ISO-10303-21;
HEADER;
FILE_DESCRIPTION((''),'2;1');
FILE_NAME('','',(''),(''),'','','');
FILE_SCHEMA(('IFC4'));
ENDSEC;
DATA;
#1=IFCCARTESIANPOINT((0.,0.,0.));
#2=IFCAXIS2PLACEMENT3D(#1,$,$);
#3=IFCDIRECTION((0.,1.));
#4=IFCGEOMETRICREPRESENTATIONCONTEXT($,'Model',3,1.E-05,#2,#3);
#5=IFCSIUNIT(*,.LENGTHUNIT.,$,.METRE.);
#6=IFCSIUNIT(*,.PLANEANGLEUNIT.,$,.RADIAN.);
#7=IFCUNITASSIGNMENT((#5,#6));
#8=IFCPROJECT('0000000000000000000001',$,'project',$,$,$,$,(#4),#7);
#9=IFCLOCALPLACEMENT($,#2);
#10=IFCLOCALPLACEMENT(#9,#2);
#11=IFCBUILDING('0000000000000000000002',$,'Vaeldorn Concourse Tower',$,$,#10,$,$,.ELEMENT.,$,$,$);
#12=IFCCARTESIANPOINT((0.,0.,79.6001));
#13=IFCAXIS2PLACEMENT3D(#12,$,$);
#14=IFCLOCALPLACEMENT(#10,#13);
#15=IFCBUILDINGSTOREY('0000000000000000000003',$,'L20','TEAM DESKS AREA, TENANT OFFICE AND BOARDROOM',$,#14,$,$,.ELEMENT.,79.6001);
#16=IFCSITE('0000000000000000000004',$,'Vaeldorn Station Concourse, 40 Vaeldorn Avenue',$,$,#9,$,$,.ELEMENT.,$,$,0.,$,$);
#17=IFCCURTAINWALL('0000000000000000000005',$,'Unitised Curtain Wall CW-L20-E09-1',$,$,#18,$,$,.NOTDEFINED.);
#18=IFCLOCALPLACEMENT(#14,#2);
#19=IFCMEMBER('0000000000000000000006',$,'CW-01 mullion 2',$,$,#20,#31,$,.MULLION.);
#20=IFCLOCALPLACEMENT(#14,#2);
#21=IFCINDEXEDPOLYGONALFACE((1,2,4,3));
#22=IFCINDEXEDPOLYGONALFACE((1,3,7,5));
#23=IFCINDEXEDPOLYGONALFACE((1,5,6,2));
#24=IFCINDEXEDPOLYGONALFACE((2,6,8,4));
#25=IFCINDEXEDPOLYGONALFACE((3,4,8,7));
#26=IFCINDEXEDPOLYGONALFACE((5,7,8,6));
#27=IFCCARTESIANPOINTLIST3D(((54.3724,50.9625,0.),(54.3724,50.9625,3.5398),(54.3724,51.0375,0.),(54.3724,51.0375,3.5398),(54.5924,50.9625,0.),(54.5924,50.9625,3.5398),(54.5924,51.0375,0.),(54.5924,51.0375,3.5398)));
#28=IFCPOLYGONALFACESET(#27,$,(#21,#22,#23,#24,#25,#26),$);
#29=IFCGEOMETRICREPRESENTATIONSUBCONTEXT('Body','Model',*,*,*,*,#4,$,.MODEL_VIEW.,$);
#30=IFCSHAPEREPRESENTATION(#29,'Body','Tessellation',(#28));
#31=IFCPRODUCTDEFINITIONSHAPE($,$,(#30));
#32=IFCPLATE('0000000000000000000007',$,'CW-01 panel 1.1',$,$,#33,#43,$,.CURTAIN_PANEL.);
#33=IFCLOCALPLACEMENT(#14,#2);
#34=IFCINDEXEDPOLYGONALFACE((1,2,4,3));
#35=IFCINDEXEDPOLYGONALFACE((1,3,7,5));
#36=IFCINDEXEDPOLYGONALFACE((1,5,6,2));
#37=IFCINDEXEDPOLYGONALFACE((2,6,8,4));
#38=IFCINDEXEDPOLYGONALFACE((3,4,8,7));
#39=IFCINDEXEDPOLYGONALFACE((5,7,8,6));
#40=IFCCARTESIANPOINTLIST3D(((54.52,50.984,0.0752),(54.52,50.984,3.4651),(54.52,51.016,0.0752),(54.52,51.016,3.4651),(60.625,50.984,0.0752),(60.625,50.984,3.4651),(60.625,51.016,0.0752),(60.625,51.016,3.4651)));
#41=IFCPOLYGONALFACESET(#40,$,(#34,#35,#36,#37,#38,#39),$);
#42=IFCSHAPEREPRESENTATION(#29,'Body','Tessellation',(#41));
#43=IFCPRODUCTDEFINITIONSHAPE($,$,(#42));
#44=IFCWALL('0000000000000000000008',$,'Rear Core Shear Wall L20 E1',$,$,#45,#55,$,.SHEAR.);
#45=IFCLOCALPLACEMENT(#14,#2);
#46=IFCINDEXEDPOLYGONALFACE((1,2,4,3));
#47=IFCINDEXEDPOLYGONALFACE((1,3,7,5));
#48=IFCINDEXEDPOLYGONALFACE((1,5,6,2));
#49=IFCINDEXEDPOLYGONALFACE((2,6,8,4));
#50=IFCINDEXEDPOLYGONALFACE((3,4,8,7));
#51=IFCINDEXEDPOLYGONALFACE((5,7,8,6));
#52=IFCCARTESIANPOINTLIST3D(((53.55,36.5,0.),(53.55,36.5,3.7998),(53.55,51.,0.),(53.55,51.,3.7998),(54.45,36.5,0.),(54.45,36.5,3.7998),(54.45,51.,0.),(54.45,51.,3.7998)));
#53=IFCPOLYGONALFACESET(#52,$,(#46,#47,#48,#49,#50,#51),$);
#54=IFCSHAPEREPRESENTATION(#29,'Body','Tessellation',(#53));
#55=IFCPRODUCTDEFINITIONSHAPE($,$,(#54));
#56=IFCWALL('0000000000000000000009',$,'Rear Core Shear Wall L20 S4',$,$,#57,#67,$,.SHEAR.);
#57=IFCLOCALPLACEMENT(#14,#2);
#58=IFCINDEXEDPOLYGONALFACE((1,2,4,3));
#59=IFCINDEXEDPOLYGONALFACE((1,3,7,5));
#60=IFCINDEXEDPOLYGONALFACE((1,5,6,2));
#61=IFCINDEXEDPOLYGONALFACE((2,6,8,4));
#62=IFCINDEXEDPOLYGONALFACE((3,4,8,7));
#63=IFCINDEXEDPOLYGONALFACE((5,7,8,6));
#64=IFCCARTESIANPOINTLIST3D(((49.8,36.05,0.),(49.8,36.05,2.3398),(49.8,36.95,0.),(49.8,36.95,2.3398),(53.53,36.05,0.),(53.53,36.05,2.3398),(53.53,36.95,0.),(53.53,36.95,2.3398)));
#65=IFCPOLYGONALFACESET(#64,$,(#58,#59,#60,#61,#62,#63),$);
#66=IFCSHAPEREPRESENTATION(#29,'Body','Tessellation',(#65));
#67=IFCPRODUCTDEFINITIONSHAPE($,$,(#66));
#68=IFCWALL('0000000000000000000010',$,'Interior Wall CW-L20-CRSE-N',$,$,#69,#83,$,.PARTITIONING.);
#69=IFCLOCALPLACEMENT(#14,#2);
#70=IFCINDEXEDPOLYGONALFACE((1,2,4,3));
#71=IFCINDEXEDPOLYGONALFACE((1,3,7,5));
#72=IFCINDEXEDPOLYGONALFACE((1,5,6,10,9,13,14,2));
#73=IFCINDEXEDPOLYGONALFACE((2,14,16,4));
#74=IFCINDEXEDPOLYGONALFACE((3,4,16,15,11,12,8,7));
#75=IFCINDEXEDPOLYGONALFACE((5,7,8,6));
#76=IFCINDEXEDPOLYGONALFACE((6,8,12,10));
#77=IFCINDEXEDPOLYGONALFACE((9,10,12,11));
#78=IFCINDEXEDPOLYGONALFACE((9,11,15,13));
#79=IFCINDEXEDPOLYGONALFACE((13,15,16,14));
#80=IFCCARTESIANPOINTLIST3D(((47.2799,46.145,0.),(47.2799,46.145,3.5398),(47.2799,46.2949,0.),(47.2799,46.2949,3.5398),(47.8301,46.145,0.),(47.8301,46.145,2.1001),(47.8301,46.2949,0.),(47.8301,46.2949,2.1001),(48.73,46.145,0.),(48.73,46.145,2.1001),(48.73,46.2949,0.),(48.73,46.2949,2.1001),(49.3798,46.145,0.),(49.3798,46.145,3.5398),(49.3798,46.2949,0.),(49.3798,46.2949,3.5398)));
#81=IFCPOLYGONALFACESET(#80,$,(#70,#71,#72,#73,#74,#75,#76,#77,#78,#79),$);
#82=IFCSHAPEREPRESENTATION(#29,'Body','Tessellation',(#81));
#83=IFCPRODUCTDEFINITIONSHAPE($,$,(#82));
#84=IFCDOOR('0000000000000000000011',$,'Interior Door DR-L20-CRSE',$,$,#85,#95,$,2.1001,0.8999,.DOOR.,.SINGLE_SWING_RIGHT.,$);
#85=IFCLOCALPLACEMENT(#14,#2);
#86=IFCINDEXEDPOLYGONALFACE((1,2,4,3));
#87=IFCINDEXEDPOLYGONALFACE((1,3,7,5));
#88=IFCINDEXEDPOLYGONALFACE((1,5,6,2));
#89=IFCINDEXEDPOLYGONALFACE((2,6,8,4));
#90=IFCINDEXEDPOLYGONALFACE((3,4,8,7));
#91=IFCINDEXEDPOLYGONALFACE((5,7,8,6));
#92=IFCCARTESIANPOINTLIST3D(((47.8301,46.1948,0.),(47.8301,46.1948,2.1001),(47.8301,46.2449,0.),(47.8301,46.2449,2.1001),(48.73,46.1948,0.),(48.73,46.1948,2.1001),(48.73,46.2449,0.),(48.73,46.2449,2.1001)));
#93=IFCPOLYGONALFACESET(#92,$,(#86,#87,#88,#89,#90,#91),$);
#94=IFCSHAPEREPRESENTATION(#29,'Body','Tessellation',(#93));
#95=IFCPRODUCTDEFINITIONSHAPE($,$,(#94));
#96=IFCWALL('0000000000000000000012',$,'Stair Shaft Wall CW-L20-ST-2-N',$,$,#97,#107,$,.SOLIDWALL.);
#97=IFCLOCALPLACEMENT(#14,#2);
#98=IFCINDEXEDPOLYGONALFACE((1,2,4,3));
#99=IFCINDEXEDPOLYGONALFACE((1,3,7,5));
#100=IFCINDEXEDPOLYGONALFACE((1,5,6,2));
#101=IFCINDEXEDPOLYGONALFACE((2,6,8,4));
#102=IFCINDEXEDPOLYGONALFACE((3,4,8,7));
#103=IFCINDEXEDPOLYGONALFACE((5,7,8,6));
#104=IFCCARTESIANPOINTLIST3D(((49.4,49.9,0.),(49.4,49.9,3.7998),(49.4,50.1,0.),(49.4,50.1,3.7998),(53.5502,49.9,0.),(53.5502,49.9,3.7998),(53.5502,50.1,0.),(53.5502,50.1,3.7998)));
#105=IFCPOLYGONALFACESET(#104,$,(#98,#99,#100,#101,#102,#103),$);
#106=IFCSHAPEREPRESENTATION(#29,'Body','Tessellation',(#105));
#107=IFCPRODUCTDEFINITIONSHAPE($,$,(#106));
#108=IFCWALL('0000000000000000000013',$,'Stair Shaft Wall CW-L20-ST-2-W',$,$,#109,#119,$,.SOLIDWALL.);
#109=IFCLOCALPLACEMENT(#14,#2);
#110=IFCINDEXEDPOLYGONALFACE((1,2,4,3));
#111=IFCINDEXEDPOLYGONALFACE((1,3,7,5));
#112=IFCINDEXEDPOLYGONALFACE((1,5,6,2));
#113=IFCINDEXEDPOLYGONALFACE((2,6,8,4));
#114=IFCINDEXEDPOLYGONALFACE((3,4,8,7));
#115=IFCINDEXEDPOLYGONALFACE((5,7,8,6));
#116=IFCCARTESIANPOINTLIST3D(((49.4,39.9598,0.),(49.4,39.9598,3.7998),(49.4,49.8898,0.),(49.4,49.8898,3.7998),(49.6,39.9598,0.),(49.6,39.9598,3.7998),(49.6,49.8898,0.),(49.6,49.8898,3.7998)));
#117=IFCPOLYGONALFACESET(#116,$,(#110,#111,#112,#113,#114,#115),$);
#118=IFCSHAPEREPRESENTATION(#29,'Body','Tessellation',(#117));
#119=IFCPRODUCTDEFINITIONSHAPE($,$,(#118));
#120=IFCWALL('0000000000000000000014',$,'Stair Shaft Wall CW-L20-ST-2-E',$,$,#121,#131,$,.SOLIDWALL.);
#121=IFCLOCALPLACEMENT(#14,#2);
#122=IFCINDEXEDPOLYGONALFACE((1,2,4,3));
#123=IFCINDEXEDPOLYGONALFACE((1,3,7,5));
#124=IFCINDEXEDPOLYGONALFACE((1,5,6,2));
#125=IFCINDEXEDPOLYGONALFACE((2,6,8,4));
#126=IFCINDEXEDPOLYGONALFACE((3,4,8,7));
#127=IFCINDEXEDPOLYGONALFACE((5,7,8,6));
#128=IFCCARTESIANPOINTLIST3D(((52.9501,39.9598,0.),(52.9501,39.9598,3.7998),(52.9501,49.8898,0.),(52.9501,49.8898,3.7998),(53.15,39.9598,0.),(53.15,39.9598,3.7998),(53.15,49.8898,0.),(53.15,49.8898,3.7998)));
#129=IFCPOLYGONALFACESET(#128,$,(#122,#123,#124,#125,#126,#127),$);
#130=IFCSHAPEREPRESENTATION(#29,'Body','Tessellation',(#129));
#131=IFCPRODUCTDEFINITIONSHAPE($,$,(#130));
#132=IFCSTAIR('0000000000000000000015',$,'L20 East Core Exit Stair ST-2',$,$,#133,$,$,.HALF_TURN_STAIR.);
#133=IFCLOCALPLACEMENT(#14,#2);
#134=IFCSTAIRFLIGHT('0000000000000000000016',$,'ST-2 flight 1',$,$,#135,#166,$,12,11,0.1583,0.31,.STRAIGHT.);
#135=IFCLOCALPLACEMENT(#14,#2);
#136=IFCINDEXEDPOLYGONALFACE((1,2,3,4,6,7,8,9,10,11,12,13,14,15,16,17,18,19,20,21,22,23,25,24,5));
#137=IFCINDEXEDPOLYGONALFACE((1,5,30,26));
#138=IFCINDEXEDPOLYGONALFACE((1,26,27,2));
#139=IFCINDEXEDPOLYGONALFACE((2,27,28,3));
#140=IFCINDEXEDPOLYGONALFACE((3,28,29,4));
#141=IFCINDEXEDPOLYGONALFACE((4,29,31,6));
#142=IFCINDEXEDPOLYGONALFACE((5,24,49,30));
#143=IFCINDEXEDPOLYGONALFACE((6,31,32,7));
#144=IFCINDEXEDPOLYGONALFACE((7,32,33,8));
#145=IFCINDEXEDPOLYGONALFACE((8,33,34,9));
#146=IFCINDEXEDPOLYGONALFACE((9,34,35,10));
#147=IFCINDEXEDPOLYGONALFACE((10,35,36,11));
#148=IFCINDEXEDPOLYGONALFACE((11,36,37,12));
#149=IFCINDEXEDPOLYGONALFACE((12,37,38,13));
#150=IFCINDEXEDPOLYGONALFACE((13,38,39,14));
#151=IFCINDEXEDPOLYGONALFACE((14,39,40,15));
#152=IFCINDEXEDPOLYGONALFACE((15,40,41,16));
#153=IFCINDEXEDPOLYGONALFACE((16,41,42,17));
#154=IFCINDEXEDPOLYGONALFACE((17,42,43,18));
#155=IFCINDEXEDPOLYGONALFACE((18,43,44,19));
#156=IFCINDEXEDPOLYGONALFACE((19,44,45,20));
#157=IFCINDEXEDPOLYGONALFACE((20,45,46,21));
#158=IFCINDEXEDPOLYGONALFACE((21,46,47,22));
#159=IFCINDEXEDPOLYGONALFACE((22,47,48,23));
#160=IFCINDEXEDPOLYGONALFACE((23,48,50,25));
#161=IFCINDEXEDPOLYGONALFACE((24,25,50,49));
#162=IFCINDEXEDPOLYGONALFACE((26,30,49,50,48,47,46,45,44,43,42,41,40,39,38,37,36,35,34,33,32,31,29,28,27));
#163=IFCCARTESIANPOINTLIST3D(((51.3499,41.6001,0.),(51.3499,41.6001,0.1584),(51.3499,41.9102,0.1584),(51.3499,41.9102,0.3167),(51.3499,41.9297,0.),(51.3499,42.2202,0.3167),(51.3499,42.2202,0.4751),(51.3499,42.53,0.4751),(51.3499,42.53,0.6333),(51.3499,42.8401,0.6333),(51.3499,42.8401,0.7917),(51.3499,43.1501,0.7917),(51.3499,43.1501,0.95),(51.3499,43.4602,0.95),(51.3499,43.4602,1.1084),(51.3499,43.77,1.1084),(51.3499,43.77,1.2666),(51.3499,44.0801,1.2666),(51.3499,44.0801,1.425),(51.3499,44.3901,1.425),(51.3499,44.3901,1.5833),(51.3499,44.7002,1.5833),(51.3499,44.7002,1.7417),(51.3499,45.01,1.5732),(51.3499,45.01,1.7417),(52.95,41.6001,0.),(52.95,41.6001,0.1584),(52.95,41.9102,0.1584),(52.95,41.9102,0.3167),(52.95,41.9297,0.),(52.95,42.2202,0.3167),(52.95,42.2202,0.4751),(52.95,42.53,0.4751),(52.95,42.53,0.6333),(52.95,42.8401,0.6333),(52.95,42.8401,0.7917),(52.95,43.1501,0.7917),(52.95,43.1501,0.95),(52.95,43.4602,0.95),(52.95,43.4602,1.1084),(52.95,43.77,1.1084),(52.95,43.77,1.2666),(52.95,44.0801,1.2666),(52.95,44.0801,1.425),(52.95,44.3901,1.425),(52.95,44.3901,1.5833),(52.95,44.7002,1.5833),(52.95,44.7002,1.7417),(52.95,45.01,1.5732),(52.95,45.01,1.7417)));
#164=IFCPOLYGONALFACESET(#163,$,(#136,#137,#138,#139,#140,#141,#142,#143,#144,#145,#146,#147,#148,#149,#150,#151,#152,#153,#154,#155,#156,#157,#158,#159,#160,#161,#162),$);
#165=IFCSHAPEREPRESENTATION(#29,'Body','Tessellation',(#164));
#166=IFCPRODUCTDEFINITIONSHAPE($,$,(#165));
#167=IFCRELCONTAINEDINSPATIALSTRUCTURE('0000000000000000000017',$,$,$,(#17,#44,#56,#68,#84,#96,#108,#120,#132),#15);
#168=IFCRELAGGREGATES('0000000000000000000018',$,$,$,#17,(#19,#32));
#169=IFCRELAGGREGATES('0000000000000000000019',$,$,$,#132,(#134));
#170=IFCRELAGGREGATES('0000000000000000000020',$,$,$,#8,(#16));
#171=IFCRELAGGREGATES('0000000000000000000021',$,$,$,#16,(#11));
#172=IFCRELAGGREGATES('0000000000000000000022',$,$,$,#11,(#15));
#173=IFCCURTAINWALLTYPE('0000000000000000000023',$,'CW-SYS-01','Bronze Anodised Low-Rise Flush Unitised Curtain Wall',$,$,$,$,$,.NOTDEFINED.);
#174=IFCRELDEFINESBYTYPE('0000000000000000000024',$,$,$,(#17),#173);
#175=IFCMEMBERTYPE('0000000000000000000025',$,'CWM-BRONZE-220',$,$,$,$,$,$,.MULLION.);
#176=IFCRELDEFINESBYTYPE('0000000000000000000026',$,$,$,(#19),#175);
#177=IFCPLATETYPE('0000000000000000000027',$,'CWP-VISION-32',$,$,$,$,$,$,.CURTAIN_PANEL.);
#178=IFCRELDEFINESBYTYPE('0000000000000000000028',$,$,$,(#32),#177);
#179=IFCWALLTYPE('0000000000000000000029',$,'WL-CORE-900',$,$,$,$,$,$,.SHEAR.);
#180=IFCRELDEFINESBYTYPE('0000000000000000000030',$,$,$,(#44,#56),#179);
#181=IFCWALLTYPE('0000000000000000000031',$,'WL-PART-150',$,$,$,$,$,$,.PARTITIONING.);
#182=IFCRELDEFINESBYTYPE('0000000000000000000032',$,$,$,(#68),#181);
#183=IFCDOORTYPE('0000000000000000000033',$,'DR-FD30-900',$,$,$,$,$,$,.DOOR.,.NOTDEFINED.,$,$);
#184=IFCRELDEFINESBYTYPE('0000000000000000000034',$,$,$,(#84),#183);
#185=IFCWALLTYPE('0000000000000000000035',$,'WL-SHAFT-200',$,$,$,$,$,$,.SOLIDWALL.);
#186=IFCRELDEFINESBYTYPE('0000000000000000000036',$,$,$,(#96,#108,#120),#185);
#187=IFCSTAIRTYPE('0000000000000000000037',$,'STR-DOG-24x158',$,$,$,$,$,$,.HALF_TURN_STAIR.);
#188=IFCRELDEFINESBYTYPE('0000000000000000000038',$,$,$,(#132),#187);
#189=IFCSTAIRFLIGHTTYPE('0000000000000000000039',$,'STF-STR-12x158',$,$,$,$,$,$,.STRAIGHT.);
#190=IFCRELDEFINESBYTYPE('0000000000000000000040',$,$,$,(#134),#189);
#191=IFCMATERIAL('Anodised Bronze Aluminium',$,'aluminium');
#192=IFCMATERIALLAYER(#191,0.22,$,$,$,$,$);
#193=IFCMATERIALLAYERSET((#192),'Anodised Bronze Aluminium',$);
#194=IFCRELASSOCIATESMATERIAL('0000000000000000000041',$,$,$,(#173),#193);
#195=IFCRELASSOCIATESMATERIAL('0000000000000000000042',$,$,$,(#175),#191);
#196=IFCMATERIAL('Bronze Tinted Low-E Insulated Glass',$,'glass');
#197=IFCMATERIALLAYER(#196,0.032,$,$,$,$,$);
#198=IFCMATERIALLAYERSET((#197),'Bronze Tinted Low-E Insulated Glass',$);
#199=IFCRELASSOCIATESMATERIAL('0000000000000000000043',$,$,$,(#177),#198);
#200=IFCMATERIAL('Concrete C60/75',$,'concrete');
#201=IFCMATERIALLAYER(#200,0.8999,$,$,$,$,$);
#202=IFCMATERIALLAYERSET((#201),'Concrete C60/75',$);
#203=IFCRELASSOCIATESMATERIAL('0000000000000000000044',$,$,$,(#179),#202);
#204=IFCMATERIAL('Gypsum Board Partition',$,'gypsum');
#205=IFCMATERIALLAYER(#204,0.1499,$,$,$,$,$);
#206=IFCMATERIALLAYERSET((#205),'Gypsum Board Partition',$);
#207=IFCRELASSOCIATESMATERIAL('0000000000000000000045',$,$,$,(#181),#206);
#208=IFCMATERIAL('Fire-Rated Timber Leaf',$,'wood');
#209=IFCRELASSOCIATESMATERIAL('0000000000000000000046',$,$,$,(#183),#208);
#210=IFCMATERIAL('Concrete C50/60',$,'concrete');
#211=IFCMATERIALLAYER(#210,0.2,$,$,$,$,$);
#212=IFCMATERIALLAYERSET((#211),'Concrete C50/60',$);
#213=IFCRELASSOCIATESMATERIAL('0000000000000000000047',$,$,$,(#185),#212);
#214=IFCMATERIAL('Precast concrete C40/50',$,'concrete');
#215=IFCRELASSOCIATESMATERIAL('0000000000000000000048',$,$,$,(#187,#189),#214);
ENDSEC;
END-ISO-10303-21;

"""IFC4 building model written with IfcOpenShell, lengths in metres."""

from ifc_helpers import new_model, si_unit, direction, frame, frame_2d, origin, origin_2d, place, context, subcontext, project, spatial, polyline, rectangle, outline, extrude, source, transform, mapped, material, layer, layer_set, material_profile, profile_set, type_object, element, fill, aggregate, save


model = new_model("IFC4")

# Units and contexts
model_context = context("Model", 3, precision=1e-05, world=origin(), true_north=direction((0.0, 1.0)))
body_context = subcontext(model_context, "Body", "Model", "MODEL_VIEW")
ifc_project = project(units=[si_unit("LENGTHUNIT", "METRE"), si_unit("PLANEANGLEUNIT", "RADIAN")], contexts=[model_context])

# Site, building, storey
site_placement = place(None, origin())
site = spatial("IfcSite", under=ifc_project, at=site_placement, Name="Vaeldorn Station Concourse, 40 Vaeldorn Avenue", CompositionType="ELEMENT", RefElevation=0.0)
building_placement = place(site_placement, origin())
building = spatial("IfcBuilding", under=site, at=building_placement, Name="Vaeldorn Concourse Tower", CompositionType="ELEMENT")
storey_placement = place(building_placement, frame((0.0, 0.0, 79.6001)))
storey = spatial("IfcBuildingStorey", under=building, at=storey_placement, Name="L20", Description="TEAM DESKS AREA, TENANT OFFICE AND BOARDROOM", CompositionType="ELEMENT", Elevation=79.6001)

# Shared definitions
ifc_material_1 = material(Name="Concrete C60/75", Category="concrete")

# Curtain wall, member, plate
ifc_material_2 = material(Name="Anodised Bronze Aluminium", Category="aluminium")
ifc_layer_1 = layer(ifc_material_2, 0.22)
ifc_layer_set_1 = layer_set([ifc_layer_1], Name="Anodised Bronze Aluminium")
curtain_wall_type = type_object("IfcCurtainWallType", Name="CW-SYS-01", Description="Bronze Anodised Low-Rise Flush Unitised Curtain Wall", PredefinedType="NOTDEFINED", material=ifc_layer_set_1)
curtain_wall_placement = place(storey_placement, origin())
curtain_wall = element("IfcCurtainWall", 1, at=curtain_wall_placement, inside=storey, type_object=curtain_wall_type, Name="Unitised Curtain Wall CW-L20-E09-1", PredefinedType="NOTDEFINED")
ifc_material_profile_1 = material_profile(ifc_material_2, rectangle(XDim=0.075, YDim=0.22, at=origin_2d()), Name="CWM 75x220")
ifc_profile_set_1 = profile_set([ifc_material_profile_1], Name="Anodised Bronze Aluminium")
member_type = type_object("IfcMemberType", Name="CWM-BRONZE-220", PredefinedType="MULLION", material=ifc_profile_set_1)
shared_shape_1 = source(origin(), body_context, "Body", "SweptSolid", [
    extrude(rectangle(XDim=0.075, YDim=0.22, at=origin_2d()), origin(), (0.0, 0.0, 1.0), 3.5398),
])
member_placement = place(storey_placement, frame((54.4824, 51.0, 0.0), z_axis=(0.0, 0.0, 1.0), x_axis=(0.0, -1.0, 0.0)))
member = element("IfcMember", 2, at=member_placement, type_object=member_type, Name="CW-01 mullion 2", PredefinedType="MULLION", context=body_context, shape_type="MappedRepresentation", body=[
    mapped(shared_shape_1, transform((0.0, 0.0, 0.0), scale=1.0)),
])
ifc_material_3 = material(Name="Bronze Tinted Low-E Insulated Glass", Category="glass")
ifc_layer_2 = layer(ifc_material_3, 0.032)
ifc_layer_set_2 = layer_set([ifc_layer_2], Name="Bronze Tinted Low-E Insulated Glass")
plate_type = type_object("IfcPlateType", Name="CWP-VISION-32", PredefinedType="CURTAIN_PANEL", material=ifc_layer_set_2)
shared_shape_2 = source(origin(), body_context, "Body", "SweptSolid", [
    extrude(rectangle(XDim=6.105, YDim=0.032, at=origin_2d()), origin(), (0.0, 0.0, 1.0), 3.3899),
])
plate_placement = place(storey_placement, frame((57.5725, 51.0, 0.0752), z_axis=(0.0, 0.0, 1.0), x_axis=(-1.0, 0.0, 0.0)))
plate = element("IfcPlate", 3, at=plate_placement, type_object=plate_type, Name="CW-01 panel 1.1", PredefinedType="CURTAIN_PANEL", context=body_context, shape_type="MappedRepresentation", body=[
    mapped(shared_shape_2, transform((0.0, 0.0, 0.0), scale=1.0)),
])
aggregate(curtain_wall, [member, plate])

# Walls
ifc_layer_3 = layer(ifc_material_1, 0.8999)
ifc_layer_set_3 = layer_set([ifc_layer_3], Name="Concrete C60/75")
wall_type_1 = type_object("IfcWallType", Name="WL-CORE-900", PredefinedType="SHEAR", material=ifc_layer_set_3)
wall_1_placement = place(storey_placement, frame((54.0, 36.5, 0.0), z_axis=(0.0, 0.0, 1.0), x_axis=(0.0, 1.0, 0.0)))
element("IfcWall", 4, at=wall_1_placement, inside=storey, type_object=wall_type_1, Name="Rear Core Shear Wall L20 E1", PredefinedType="SHEAR", context=body_context, shape_type="SweptSolid", body=[
    extrude(rectangle(XDim=14.5, YDim=0.8999, at=frame_2d((7.25, 0.0))), origin(), (0.0, 0.0, 1.0), 3.7998),
])
wall_2_placement = place(storey_placement, frame((49.8, 36.5, 0.0), z_axis=(0.0, 0.0, 1.0), x_axis=(1.0, 0.0, 0.0)))
element("IfcWall", 5, at=wall_2_placement, inside=storey, type_object=wall_type_1, Name="Rear Core Shear Wall L20 S4", PredefinedType="SHEAR", context=body_context, shape_type="SweptSolid", body=[
    extrude(rectangle(XDim=3.73, YDim=0.8999, at=frame_2d((1.865, 0.0))), origin(), (0.0, 0.0, 1.0), 2.3398),
])

# Wall, opening, door
ifc_material_4 = material(Name="Gypsum Board Partition", Category="gypsum")
ifc_layer_4 = layer(ifc_material_4, 0.1499)
ifc_layer_set_4 = layer_set([ifc_layer_4], Name="Gypsum Board Partition")
wall_type_2 = type_object("IfcWallType", Name="WL-PART-150", PredefinedType="PARTITIONING", material=ifc_layer_set_4)
wall_3_placement = place(storey_placement, frame((47.28, 46.22, 0.0), z_axis=(0.0, 0.0, 1.0), x_axis=(1.0, 0.0, 0.0)))
wall_3 = element("IfcWall", 6, at=wall_3_placement, inside=storey, type_object=wall_type_2, Name="Interior Wall CW-L20-CRSE-N", PredefinedType="PARTITIONING", context=body_context, shape_type="SweptSolid", body=[
    extrude(rectangle(XDim=2.0999, YDim=0.1499, at=frame_2d((1.0498, 0.0))), origin(), (0.0, 0.0, 1.0), 3.5398),
])
opening_1_placement = place(wall_3_placement, frame((0.55, 0.0, 0.0)))
opening_1 = element("IfcOpeningElement", 7, at=opening_1_placement, cuts=wall_3, PredefinedType="OPENING", context=body_context, shape_type="SweptSolid", body=[
    extrude(rectangle(XDim=0.8999, YDim=2.1001, at=frame_2d((0.45, 1.05))), frame((0.0, 0.085, 0.0), z_axis=(0.0, -1.0, 0.0), x_axis=(1.0, 0.0, 0.0)), (0.0, 0.0, 1.0), 0.1699),
])
ifc_material_5 = material(Name="Fire-Rated Timber Leaf", Category="wood")
door_type_1 = type_object("IfcDoorType", Name="DR-FD30-900", OperationType="NOTDEFINED", PredefinedType="DOOR", material=ifc_material_5)
shared_shape_3 = source(origin(), body_context, "Body", "SweptSolid", [
    extrude(rectangle(XDim=0.8999, YDim=2.1001, at=frame_2d((0.45, 1.05))), frame((0.0, 0.0249, 0.0), z_axis=(0.0, -1.0, 0.0), x_axis=(1.0, 0.0, 0.0)), (0.0, 0.0, 1.0), 0.05),
])
door_1_placement = place(opening_1_placement, origin())
door_1 = element("IfcDoor", 8, at=door_1_placement, inside=storey, type_object=door_type_1, Name="Interior Door DR-L20-CRSE", OperationType="SINGLE_SWING_RIGHT", OverallHeight=2.1001, OverallWidth=0.8999, PredefinedType="DOOR", context=body_context, shape_type="MappedRepresentation", body=[
    mapped(shared_shape_3, transform((0.0, 0.0, 0.0), scale=1.0)),
])
fill(opening_1, door_1)
ifc_material_6 = material(Name="Concrete C50/60", Category="concrete")
ifc_layer_5 = layer(ifc_material_6, 0.2)
ifc_layer_set_5 = layer_set([ifc_layer_5], Name="Concrete C50/60")
wall_type_3 = type_object("IfcWallType", Name="WL-SHAFT-200", PredefinedType="SOLIDWALL", material=ifc_layer_set_5)

# Walls
wall_4_placement = place(storey_placement, frame((49.3999, 50.0, 0.0), z_axis=(0.0, 0.0, 1.0), x_axis=(1.0, 0.0, 0.0)))
element("IfcWall", 9, at=wall_4_placement, inside=storey, type_object=wall_type_3, Name="Stair Shaft Wall CW-L20-ST-2-N", PredefinedType="SOLIDWALL", context=body_context, shape_type="SweptSolid", body=[
    extrude(rectangle(XDim=4.1501, YDim=0.2, at=frame_2d((2.0752, 0.0))), origin(), (0.0, 0.0, 1.0), 3.7998),
])
for number, where, z_axis, x_axis, name in (
    (10, (49.5, 39.96, 0.0), (0.0, 0.0, 1.0), (0.0, 1.0, 0.0), "Stair Shaft Wall CW-L20-ST-2-W"),
    (11, (53.05, 39.96, 0.0), (0.0, 0.0, 1.0), (0.0, 1.0, 0.0), "Stair Shaft Wall CW-L20-ST-2-E"),
):
    element("IfcWall", number, at=place(storey_placement, frame(where, z_axis=z_axis, x_axis=x_axis)), inside=storey, type_object=wall_type_3, Name=name, PredefinedType="SOLIDWALL", context=body_context, shape_type="SweptSolid", body=[
        extrude(rectangle(XDim=9.9299, YDim=0.2, at=frame_2d((4.9648, 0.0))), origin(), (0.0, 0.0, 1.0), 3.7998),
    ])

# Stair, stair flight
ifc_material_7 = material(Name="Precast concrete C40/50", Category="concrete")
stair_type = type_object("IfcStairType", Name="STR-DOG-24x158", PredefinedType="HALF_TURN_STAIR", material=ifc_material_7)
stair_placement = place(storey_placement, origin())
stair = element("IfcStair", 12, at=stair_placement, inside=storey, type_object=stair_type, Name="L20 East Core Exit Stair ST-2", PredefinedType="HALF_TURN_STAIR")
stair_flight_type = type_object("IfcStairFlightType", Name="STF-STR-12x158", PredefinedType="STRAIGHT", material=ifc_material_7)
stair_flight_1_placement = place(storey_placement, frame((52.1499, 41.6001, 0.0), z_axis=(0.0, 0.0, 1.0), x_axis=(0.0, 1.0, 0.0)))
stair_flight_1 = element("IfcStairFlight", 13, at=stair_flight_1_placement, type_object=stair_flight_type, Name="ST-2 flight 1", NumberOfRisers=12, NumberOfTreads=11, PredefinedType="STRAIGHT", RiserHeight=0.1583, TreadLength=0.31, context=body_context, shape_type="SweptSolid", body=[
    extrude(outline(polyline([(0.0, 0.0), (0.0, 0.1584), (0.3101, 0.1584), (0.3101, 0.3167), (0.6201, 0.3167), (0.6201, 0.4751), (0.9299, 0.4751), (0.9299, 0.6333), (1.24, 0.6333), (1.24, 0.7917), (1.55, 0.7917), (1.55, 0.95), (1.8601, 0.95), (1.8601, 1.1084), (2.1699, 1.1084), (2.1699, 1.2666), (2.48, 1.2666), (2.48, 1.425), (2.79, 1.425), (2.79, 1.5833), (3.1001, 1.5833), (3.1001, 1.7417), (3.4099, 1.7417), (3.4099, 1.8999), (3.4099, 1.5732), (0.3296, 0.0), (0.0, 0.0)])), frame((0.0, 0.8, 0.0), z_axis=(0.0, -1.0, 0.0), x_axis=(1.0, 0.0, 0.0)), (0.0, 0.0, 1.0), 1.6001),
])
aggregate(stair, [stair_flight_1])

save(model, "model.ifc")
